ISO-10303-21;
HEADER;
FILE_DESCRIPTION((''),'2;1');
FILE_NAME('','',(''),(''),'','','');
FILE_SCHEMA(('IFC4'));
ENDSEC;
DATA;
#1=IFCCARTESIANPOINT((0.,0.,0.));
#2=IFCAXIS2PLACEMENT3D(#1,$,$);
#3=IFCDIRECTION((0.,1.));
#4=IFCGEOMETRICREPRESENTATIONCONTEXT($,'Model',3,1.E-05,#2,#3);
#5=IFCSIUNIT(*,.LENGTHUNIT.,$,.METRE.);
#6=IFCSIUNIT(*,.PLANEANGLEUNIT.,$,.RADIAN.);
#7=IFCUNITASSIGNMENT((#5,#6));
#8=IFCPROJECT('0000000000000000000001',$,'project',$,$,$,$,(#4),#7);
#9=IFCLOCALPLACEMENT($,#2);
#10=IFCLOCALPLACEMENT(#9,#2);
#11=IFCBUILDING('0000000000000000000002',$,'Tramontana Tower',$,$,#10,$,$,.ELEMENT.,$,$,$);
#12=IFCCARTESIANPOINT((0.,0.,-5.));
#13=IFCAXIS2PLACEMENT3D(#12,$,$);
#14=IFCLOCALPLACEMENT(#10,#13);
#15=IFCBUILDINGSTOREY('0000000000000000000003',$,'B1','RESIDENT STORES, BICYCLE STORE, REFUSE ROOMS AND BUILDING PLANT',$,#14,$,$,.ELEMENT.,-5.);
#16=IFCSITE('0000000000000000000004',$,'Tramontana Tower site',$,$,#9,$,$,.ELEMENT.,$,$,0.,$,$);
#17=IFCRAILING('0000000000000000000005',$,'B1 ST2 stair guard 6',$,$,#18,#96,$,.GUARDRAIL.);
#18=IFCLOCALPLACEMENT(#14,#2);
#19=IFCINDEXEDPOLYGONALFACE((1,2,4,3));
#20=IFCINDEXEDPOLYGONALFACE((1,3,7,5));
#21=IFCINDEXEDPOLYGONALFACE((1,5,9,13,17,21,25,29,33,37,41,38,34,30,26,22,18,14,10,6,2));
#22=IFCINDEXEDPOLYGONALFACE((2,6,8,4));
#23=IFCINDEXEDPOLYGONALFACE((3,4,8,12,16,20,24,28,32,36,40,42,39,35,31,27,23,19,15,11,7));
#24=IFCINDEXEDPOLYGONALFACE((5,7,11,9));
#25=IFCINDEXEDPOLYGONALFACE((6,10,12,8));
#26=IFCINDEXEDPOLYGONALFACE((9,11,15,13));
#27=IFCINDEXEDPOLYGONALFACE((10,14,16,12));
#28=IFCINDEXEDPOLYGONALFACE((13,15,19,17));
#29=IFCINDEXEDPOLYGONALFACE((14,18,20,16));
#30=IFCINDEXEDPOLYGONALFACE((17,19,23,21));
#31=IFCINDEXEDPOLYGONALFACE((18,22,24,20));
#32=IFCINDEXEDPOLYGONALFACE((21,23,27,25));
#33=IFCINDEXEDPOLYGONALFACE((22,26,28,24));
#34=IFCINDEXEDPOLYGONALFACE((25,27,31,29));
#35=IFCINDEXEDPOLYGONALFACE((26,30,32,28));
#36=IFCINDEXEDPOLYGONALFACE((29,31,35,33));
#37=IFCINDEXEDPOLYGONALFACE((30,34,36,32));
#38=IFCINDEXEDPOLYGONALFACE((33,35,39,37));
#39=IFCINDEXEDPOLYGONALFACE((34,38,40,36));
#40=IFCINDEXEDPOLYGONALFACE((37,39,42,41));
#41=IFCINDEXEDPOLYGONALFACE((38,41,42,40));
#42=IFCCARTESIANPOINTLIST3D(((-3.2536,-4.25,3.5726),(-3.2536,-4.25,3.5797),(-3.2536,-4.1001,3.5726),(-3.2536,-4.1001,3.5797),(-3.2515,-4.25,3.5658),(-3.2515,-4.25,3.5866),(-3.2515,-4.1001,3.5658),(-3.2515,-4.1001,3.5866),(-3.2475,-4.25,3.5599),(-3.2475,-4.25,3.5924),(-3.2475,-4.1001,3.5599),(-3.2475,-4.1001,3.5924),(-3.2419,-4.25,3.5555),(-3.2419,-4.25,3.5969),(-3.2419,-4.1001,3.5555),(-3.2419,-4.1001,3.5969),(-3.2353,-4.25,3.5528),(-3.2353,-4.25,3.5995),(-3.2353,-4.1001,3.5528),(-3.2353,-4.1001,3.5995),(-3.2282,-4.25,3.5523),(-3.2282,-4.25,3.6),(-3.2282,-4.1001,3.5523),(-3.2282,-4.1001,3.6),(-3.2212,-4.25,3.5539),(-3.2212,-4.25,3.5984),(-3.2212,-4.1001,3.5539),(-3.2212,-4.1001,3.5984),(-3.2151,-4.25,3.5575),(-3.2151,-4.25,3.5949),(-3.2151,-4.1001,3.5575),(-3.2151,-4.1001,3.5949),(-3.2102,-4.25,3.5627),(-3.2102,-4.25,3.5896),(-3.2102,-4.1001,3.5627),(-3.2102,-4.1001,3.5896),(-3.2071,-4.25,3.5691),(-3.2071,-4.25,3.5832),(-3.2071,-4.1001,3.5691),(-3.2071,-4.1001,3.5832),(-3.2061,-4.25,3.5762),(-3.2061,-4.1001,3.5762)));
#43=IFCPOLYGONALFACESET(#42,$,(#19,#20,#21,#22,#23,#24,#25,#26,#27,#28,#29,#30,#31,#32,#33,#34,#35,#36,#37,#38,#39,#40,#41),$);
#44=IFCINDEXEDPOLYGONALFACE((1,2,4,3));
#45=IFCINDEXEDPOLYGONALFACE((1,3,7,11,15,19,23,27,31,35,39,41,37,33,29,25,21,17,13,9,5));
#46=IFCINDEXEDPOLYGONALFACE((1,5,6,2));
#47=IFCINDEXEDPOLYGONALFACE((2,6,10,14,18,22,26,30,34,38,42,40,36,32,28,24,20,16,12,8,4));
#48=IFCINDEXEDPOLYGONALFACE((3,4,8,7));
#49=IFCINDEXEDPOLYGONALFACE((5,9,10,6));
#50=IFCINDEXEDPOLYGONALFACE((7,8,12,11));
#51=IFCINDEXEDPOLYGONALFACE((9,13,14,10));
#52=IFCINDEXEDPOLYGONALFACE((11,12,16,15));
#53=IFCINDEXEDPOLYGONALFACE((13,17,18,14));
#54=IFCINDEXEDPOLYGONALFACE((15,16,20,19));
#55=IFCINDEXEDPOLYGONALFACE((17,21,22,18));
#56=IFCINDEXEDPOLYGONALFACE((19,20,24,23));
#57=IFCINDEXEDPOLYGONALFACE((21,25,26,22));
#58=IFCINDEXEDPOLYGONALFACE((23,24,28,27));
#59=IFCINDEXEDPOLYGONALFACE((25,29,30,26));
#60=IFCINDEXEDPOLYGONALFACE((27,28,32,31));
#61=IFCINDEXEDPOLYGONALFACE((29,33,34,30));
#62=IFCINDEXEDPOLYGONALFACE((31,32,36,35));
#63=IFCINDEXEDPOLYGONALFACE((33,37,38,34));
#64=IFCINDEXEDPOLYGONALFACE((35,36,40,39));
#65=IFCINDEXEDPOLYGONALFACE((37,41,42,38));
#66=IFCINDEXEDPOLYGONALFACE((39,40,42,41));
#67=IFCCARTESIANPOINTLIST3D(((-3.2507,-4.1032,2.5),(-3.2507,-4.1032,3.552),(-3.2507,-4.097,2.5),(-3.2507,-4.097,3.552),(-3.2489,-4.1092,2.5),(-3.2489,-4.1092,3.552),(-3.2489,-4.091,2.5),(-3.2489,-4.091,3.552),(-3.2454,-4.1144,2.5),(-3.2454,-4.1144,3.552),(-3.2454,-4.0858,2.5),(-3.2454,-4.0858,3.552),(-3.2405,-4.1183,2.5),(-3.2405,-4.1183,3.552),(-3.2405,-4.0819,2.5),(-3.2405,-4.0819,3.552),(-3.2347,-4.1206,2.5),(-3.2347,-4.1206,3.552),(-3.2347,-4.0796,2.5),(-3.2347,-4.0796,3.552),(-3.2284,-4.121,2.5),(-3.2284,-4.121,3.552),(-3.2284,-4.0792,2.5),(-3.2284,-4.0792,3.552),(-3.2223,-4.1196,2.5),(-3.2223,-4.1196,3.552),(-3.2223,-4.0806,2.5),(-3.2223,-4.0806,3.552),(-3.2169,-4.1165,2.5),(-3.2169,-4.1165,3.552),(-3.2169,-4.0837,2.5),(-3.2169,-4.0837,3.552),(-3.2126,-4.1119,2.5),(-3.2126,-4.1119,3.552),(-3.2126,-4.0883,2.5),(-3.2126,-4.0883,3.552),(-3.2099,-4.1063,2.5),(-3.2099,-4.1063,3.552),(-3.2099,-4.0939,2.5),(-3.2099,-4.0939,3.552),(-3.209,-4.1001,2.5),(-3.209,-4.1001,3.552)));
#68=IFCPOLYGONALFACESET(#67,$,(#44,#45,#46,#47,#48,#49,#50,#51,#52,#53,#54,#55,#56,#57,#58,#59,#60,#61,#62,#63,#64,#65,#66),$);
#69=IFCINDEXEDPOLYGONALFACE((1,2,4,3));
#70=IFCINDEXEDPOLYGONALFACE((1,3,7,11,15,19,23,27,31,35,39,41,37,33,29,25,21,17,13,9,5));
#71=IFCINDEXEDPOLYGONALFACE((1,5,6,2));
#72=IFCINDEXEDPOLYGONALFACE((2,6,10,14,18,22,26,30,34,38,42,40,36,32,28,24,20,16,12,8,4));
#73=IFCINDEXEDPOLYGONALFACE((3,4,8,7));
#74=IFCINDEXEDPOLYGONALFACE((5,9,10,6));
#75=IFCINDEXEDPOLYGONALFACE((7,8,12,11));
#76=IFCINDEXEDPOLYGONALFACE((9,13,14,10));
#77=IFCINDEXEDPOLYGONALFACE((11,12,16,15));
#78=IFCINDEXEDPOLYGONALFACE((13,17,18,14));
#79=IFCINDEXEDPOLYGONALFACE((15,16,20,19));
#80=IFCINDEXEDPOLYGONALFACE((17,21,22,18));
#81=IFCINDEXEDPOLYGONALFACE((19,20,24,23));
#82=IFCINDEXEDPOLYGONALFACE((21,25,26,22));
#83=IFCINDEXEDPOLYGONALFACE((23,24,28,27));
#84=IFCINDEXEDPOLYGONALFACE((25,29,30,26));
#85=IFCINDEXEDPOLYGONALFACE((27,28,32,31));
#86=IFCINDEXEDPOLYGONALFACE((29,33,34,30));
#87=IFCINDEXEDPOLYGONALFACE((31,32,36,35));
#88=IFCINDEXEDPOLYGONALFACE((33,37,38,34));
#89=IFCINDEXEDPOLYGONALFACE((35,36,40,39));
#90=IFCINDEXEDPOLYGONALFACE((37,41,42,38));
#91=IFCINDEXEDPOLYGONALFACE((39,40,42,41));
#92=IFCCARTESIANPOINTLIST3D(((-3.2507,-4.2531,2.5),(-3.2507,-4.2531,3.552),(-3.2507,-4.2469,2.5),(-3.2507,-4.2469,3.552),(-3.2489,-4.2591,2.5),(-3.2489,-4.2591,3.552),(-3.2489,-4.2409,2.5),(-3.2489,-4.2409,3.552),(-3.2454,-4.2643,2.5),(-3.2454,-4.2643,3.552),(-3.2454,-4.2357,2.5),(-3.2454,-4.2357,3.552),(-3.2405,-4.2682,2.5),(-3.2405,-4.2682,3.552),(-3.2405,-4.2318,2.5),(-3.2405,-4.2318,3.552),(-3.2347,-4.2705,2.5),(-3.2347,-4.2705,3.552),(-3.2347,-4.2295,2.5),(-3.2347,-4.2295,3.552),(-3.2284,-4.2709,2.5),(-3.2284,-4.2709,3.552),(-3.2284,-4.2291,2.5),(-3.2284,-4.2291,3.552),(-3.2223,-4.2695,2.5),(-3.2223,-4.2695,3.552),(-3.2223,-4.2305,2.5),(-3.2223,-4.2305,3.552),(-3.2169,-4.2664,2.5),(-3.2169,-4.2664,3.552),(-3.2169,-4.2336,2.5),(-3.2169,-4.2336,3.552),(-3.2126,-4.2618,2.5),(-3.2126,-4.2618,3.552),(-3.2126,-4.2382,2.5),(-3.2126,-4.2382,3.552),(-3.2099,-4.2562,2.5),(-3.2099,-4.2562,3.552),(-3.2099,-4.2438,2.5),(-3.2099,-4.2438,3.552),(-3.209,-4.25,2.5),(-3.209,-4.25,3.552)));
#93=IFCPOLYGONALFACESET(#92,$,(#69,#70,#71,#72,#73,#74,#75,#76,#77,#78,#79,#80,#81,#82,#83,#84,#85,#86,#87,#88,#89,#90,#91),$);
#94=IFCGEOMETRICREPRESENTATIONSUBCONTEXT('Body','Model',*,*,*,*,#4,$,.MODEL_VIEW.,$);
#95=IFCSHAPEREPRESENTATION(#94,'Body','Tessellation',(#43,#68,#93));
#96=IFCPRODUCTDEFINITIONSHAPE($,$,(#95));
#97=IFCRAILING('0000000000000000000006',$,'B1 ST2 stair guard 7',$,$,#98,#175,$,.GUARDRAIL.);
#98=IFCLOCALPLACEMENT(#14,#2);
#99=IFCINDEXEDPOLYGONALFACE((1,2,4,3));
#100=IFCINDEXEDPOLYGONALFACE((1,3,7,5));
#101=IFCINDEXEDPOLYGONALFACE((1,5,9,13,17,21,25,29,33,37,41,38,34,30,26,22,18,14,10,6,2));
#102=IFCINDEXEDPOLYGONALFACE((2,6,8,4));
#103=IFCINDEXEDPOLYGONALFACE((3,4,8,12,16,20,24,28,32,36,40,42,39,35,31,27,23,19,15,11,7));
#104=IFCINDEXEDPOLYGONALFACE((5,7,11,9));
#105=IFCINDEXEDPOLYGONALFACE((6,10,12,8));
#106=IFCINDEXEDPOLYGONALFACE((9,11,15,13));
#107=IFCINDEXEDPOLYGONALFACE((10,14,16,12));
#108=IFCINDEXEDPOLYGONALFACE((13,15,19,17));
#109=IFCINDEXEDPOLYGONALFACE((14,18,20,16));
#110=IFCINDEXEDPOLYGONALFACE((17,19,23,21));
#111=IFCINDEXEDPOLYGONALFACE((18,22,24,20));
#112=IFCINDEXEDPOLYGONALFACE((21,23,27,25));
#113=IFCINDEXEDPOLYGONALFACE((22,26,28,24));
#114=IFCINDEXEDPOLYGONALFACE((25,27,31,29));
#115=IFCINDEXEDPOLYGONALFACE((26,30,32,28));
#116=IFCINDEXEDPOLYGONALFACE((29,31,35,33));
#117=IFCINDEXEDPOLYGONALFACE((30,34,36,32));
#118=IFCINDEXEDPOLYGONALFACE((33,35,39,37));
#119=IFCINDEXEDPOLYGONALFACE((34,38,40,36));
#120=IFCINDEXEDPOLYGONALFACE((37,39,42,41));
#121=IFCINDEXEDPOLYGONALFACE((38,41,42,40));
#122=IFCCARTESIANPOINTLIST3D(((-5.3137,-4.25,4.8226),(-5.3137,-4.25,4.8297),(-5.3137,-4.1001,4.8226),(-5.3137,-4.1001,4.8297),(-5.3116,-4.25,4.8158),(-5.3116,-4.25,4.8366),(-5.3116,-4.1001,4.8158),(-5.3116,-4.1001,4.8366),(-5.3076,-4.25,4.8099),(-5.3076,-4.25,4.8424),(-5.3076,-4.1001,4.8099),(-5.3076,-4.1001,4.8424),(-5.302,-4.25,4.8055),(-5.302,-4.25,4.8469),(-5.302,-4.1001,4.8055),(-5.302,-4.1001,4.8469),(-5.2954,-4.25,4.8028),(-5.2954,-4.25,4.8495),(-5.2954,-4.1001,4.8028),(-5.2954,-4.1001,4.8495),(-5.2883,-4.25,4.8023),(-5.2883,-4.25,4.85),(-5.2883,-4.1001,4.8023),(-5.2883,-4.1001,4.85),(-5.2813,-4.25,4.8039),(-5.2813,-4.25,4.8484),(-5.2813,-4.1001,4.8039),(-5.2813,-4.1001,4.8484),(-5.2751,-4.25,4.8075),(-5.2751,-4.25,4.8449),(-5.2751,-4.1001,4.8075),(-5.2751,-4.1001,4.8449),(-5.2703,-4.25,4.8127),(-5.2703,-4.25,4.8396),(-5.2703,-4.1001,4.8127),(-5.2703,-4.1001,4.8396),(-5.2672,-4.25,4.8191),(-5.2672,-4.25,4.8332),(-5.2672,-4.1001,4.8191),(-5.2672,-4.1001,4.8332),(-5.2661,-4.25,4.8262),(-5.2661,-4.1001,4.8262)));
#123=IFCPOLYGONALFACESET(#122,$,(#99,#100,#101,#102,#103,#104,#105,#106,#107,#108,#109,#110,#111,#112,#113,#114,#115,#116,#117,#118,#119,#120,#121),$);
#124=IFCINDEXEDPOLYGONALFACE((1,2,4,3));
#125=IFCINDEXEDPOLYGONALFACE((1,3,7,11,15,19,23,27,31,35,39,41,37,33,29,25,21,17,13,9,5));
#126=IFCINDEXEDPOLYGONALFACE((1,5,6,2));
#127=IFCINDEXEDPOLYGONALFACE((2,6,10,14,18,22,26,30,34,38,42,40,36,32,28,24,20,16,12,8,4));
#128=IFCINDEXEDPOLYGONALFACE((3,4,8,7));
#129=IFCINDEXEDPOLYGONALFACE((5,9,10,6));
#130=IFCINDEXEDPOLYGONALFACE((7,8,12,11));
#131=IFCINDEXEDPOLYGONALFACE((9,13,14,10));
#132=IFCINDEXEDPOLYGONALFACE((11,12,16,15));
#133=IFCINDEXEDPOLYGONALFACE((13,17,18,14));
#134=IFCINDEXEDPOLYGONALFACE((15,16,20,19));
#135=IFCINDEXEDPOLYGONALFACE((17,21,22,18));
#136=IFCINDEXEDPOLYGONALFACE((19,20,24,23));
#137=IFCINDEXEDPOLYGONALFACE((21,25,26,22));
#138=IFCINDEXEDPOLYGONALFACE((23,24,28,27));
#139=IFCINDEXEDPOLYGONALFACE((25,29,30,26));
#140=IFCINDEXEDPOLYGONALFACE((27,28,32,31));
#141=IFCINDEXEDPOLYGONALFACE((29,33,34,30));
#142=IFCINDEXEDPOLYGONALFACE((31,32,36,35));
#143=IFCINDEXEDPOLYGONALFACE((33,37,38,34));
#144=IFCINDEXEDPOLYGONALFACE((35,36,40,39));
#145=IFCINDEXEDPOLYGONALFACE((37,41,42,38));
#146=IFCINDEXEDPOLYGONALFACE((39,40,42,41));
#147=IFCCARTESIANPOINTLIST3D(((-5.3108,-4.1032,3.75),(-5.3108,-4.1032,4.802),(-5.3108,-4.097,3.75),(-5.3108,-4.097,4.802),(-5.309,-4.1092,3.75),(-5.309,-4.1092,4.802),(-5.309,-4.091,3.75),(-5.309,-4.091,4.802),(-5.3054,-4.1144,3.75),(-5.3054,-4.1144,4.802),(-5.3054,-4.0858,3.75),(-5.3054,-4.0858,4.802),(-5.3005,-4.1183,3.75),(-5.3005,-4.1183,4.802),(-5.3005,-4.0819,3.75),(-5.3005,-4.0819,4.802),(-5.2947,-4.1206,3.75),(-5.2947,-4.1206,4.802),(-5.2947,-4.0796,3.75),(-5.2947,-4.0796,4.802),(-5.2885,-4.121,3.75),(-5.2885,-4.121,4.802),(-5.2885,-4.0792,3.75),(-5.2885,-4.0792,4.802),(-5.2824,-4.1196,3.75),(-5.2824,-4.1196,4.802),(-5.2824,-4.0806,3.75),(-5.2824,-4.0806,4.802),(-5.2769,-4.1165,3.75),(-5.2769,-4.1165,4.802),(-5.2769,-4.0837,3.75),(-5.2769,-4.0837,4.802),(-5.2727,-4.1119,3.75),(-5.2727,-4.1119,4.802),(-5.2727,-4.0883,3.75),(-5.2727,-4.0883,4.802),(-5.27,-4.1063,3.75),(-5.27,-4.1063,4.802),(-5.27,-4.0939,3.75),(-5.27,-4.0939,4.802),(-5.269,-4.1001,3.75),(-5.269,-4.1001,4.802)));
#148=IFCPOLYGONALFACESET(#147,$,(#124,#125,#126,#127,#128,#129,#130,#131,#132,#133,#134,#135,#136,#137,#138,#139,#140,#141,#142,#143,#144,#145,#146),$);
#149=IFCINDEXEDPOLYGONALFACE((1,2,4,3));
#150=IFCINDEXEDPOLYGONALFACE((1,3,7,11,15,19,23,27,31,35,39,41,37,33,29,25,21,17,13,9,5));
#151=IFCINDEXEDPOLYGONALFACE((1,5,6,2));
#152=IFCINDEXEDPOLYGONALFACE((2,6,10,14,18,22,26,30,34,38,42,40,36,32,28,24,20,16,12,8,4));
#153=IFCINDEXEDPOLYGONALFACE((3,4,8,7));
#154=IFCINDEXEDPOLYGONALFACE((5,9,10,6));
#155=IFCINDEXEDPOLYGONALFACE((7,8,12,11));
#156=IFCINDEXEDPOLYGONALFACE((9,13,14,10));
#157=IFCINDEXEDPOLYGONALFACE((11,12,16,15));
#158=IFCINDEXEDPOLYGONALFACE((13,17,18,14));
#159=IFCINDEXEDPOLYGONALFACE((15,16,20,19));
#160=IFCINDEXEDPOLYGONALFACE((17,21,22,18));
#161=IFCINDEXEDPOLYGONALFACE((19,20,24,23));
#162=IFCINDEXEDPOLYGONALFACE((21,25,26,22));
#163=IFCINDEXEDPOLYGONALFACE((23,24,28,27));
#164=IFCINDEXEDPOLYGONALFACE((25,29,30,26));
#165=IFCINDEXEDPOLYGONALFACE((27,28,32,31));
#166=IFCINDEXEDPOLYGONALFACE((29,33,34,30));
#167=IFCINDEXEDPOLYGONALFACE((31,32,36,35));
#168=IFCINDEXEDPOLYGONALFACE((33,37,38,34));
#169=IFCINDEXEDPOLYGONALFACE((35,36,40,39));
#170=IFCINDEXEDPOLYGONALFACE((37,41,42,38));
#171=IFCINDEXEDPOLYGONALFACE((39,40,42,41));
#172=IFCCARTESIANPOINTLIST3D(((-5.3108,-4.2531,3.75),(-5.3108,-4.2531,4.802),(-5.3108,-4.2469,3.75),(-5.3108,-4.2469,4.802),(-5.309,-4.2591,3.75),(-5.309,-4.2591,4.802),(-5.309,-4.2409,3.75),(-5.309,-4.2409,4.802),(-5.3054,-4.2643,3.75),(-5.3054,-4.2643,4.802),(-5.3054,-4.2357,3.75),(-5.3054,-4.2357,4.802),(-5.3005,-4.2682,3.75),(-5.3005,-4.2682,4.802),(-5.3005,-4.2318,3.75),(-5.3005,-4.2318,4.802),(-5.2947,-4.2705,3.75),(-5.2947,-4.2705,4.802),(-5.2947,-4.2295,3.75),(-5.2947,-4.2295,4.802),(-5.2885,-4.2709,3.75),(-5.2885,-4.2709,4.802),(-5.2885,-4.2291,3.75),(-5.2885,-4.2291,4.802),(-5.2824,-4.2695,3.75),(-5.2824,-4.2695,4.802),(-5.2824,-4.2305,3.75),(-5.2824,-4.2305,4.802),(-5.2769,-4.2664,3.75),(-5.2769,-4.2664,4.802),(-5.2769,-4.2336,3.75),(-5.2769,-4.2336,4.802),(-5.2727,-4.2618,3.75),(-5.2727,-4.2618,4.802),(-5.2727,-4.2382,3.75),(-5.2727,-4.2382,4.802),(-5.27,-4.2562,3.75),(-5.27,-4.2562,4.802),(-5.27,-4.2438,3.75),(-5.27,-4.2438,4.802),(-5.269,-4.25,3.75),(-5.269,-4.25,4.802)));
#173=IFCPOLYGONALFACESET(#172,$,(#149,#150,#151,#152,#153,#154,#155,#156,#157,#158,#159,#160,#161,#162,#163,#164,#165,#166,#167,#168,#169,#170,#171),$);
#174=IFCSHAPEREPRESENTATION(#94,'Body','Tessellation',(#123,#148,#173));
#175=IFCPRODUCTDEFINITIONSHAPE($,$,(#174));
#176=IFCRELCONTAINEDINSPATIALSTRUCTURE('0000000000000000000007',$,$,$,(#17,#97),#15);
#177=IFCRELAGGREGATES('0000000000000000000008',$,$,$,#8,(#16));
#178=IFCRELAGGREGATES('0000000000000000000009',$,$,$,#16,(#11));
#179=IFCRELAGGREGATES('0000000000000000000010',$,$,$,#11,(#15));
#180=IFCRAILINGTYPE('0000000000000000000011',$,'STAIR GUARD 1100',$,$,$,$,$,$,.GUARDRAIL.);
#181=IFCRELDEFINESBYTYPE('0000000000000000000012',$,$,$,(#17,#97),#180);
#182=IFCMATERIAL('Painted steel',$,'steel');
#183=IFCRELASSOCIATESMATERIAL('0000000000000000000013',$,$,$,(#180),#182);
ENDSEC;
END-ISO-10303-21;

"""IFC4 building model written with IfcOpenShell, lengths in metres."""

from ifc_helpers import new_model, si_unit, direction, frame, origin, origin_2d, place, context, subcontext, project, spatial, circle, extrude, material, type_object, element, save


model = new_model("IFC4")

# Units and contexts
model_context = context("Model", 3, precision=1e-05, world=origin(), true_north=direction((0.0, 1.0)))
body_context = subcontext(model_context, "Body", "Model", "MODEL_VIEW")
ifc_project = project(units=[si_unit("LENGTHUNIT", "METRE"), si_unit("PLANEANGLEUNIT", "RADIAN")], contexts=[model_context])

# Site, building, storey
site_placement = place(None, origin())
site = spatial("IfcSite", under=ifc_project, at=site_placement, Name="Tramontana Tower site", CompositionType="ELEMENT", RefElevation=0.0)
building_placement = place(site_placement, origin())
building = spatial("IfcBuilding", under=site, at=building_placement, Name="Tramontana Tower", CompositionType="ELEMENT")
storey_placement = place(building_placement, frame((0.0, 0.0, -5.0)))
storey = spatial("IfcBuildingStorey", under=building, at=storey_placement, Name="B1", Description="RESIDENT STORES, BICYCLE STORE, REFUSE ROOMS AND BUILDING PLANT", CompositionType="ELEMENT", Elevation=-5.0)

# Railings
ifc_material_1 = material(Name="Painted steel", Category="steel")
railing_type_1 = type_object("IfcRailingType", Name="STAIR GUARD 1100", PredefinedType="GUARDRAIL", material=ifc_material_1)
for number, where, name in (
    (1, (-3.23, -4.1001, 2.5), "B1 ST2 stair guard 6"),
    (2, (-5.29, -4.1001, 3.75), "B1 ST2 stair guard 7"),
):
    element("IfcRailing", number, at=place(storey_placement, frame(where)), inside=storey, type_object=railing_type_1, Name=name, PredefinedType="GUARDRAIL", context=body_context, shape_type="SweptSolid", body=[
        extrude(circle(Radius=0.0239, at=origin_2d()), frame((0.0, 0.0, 1.0762), z_axis=(0.0, -1.0, 0.0), x_axis=(1.0, 0.0, 0.0)), (0.0, 0.0, 1.0), 0.1499),
        extrude(circle(Radius=0.021, at=origin_2d()), origin(), (0.0, 0.0, 1.0), 1.052),
        extrude(circle(Radius=0.021, at=origin_2d()), frame((0.0, -0.1499, 0.0)), (0.0, 0.0, 1.0), 1.052),
    ])

save(model, "model.ifc")
